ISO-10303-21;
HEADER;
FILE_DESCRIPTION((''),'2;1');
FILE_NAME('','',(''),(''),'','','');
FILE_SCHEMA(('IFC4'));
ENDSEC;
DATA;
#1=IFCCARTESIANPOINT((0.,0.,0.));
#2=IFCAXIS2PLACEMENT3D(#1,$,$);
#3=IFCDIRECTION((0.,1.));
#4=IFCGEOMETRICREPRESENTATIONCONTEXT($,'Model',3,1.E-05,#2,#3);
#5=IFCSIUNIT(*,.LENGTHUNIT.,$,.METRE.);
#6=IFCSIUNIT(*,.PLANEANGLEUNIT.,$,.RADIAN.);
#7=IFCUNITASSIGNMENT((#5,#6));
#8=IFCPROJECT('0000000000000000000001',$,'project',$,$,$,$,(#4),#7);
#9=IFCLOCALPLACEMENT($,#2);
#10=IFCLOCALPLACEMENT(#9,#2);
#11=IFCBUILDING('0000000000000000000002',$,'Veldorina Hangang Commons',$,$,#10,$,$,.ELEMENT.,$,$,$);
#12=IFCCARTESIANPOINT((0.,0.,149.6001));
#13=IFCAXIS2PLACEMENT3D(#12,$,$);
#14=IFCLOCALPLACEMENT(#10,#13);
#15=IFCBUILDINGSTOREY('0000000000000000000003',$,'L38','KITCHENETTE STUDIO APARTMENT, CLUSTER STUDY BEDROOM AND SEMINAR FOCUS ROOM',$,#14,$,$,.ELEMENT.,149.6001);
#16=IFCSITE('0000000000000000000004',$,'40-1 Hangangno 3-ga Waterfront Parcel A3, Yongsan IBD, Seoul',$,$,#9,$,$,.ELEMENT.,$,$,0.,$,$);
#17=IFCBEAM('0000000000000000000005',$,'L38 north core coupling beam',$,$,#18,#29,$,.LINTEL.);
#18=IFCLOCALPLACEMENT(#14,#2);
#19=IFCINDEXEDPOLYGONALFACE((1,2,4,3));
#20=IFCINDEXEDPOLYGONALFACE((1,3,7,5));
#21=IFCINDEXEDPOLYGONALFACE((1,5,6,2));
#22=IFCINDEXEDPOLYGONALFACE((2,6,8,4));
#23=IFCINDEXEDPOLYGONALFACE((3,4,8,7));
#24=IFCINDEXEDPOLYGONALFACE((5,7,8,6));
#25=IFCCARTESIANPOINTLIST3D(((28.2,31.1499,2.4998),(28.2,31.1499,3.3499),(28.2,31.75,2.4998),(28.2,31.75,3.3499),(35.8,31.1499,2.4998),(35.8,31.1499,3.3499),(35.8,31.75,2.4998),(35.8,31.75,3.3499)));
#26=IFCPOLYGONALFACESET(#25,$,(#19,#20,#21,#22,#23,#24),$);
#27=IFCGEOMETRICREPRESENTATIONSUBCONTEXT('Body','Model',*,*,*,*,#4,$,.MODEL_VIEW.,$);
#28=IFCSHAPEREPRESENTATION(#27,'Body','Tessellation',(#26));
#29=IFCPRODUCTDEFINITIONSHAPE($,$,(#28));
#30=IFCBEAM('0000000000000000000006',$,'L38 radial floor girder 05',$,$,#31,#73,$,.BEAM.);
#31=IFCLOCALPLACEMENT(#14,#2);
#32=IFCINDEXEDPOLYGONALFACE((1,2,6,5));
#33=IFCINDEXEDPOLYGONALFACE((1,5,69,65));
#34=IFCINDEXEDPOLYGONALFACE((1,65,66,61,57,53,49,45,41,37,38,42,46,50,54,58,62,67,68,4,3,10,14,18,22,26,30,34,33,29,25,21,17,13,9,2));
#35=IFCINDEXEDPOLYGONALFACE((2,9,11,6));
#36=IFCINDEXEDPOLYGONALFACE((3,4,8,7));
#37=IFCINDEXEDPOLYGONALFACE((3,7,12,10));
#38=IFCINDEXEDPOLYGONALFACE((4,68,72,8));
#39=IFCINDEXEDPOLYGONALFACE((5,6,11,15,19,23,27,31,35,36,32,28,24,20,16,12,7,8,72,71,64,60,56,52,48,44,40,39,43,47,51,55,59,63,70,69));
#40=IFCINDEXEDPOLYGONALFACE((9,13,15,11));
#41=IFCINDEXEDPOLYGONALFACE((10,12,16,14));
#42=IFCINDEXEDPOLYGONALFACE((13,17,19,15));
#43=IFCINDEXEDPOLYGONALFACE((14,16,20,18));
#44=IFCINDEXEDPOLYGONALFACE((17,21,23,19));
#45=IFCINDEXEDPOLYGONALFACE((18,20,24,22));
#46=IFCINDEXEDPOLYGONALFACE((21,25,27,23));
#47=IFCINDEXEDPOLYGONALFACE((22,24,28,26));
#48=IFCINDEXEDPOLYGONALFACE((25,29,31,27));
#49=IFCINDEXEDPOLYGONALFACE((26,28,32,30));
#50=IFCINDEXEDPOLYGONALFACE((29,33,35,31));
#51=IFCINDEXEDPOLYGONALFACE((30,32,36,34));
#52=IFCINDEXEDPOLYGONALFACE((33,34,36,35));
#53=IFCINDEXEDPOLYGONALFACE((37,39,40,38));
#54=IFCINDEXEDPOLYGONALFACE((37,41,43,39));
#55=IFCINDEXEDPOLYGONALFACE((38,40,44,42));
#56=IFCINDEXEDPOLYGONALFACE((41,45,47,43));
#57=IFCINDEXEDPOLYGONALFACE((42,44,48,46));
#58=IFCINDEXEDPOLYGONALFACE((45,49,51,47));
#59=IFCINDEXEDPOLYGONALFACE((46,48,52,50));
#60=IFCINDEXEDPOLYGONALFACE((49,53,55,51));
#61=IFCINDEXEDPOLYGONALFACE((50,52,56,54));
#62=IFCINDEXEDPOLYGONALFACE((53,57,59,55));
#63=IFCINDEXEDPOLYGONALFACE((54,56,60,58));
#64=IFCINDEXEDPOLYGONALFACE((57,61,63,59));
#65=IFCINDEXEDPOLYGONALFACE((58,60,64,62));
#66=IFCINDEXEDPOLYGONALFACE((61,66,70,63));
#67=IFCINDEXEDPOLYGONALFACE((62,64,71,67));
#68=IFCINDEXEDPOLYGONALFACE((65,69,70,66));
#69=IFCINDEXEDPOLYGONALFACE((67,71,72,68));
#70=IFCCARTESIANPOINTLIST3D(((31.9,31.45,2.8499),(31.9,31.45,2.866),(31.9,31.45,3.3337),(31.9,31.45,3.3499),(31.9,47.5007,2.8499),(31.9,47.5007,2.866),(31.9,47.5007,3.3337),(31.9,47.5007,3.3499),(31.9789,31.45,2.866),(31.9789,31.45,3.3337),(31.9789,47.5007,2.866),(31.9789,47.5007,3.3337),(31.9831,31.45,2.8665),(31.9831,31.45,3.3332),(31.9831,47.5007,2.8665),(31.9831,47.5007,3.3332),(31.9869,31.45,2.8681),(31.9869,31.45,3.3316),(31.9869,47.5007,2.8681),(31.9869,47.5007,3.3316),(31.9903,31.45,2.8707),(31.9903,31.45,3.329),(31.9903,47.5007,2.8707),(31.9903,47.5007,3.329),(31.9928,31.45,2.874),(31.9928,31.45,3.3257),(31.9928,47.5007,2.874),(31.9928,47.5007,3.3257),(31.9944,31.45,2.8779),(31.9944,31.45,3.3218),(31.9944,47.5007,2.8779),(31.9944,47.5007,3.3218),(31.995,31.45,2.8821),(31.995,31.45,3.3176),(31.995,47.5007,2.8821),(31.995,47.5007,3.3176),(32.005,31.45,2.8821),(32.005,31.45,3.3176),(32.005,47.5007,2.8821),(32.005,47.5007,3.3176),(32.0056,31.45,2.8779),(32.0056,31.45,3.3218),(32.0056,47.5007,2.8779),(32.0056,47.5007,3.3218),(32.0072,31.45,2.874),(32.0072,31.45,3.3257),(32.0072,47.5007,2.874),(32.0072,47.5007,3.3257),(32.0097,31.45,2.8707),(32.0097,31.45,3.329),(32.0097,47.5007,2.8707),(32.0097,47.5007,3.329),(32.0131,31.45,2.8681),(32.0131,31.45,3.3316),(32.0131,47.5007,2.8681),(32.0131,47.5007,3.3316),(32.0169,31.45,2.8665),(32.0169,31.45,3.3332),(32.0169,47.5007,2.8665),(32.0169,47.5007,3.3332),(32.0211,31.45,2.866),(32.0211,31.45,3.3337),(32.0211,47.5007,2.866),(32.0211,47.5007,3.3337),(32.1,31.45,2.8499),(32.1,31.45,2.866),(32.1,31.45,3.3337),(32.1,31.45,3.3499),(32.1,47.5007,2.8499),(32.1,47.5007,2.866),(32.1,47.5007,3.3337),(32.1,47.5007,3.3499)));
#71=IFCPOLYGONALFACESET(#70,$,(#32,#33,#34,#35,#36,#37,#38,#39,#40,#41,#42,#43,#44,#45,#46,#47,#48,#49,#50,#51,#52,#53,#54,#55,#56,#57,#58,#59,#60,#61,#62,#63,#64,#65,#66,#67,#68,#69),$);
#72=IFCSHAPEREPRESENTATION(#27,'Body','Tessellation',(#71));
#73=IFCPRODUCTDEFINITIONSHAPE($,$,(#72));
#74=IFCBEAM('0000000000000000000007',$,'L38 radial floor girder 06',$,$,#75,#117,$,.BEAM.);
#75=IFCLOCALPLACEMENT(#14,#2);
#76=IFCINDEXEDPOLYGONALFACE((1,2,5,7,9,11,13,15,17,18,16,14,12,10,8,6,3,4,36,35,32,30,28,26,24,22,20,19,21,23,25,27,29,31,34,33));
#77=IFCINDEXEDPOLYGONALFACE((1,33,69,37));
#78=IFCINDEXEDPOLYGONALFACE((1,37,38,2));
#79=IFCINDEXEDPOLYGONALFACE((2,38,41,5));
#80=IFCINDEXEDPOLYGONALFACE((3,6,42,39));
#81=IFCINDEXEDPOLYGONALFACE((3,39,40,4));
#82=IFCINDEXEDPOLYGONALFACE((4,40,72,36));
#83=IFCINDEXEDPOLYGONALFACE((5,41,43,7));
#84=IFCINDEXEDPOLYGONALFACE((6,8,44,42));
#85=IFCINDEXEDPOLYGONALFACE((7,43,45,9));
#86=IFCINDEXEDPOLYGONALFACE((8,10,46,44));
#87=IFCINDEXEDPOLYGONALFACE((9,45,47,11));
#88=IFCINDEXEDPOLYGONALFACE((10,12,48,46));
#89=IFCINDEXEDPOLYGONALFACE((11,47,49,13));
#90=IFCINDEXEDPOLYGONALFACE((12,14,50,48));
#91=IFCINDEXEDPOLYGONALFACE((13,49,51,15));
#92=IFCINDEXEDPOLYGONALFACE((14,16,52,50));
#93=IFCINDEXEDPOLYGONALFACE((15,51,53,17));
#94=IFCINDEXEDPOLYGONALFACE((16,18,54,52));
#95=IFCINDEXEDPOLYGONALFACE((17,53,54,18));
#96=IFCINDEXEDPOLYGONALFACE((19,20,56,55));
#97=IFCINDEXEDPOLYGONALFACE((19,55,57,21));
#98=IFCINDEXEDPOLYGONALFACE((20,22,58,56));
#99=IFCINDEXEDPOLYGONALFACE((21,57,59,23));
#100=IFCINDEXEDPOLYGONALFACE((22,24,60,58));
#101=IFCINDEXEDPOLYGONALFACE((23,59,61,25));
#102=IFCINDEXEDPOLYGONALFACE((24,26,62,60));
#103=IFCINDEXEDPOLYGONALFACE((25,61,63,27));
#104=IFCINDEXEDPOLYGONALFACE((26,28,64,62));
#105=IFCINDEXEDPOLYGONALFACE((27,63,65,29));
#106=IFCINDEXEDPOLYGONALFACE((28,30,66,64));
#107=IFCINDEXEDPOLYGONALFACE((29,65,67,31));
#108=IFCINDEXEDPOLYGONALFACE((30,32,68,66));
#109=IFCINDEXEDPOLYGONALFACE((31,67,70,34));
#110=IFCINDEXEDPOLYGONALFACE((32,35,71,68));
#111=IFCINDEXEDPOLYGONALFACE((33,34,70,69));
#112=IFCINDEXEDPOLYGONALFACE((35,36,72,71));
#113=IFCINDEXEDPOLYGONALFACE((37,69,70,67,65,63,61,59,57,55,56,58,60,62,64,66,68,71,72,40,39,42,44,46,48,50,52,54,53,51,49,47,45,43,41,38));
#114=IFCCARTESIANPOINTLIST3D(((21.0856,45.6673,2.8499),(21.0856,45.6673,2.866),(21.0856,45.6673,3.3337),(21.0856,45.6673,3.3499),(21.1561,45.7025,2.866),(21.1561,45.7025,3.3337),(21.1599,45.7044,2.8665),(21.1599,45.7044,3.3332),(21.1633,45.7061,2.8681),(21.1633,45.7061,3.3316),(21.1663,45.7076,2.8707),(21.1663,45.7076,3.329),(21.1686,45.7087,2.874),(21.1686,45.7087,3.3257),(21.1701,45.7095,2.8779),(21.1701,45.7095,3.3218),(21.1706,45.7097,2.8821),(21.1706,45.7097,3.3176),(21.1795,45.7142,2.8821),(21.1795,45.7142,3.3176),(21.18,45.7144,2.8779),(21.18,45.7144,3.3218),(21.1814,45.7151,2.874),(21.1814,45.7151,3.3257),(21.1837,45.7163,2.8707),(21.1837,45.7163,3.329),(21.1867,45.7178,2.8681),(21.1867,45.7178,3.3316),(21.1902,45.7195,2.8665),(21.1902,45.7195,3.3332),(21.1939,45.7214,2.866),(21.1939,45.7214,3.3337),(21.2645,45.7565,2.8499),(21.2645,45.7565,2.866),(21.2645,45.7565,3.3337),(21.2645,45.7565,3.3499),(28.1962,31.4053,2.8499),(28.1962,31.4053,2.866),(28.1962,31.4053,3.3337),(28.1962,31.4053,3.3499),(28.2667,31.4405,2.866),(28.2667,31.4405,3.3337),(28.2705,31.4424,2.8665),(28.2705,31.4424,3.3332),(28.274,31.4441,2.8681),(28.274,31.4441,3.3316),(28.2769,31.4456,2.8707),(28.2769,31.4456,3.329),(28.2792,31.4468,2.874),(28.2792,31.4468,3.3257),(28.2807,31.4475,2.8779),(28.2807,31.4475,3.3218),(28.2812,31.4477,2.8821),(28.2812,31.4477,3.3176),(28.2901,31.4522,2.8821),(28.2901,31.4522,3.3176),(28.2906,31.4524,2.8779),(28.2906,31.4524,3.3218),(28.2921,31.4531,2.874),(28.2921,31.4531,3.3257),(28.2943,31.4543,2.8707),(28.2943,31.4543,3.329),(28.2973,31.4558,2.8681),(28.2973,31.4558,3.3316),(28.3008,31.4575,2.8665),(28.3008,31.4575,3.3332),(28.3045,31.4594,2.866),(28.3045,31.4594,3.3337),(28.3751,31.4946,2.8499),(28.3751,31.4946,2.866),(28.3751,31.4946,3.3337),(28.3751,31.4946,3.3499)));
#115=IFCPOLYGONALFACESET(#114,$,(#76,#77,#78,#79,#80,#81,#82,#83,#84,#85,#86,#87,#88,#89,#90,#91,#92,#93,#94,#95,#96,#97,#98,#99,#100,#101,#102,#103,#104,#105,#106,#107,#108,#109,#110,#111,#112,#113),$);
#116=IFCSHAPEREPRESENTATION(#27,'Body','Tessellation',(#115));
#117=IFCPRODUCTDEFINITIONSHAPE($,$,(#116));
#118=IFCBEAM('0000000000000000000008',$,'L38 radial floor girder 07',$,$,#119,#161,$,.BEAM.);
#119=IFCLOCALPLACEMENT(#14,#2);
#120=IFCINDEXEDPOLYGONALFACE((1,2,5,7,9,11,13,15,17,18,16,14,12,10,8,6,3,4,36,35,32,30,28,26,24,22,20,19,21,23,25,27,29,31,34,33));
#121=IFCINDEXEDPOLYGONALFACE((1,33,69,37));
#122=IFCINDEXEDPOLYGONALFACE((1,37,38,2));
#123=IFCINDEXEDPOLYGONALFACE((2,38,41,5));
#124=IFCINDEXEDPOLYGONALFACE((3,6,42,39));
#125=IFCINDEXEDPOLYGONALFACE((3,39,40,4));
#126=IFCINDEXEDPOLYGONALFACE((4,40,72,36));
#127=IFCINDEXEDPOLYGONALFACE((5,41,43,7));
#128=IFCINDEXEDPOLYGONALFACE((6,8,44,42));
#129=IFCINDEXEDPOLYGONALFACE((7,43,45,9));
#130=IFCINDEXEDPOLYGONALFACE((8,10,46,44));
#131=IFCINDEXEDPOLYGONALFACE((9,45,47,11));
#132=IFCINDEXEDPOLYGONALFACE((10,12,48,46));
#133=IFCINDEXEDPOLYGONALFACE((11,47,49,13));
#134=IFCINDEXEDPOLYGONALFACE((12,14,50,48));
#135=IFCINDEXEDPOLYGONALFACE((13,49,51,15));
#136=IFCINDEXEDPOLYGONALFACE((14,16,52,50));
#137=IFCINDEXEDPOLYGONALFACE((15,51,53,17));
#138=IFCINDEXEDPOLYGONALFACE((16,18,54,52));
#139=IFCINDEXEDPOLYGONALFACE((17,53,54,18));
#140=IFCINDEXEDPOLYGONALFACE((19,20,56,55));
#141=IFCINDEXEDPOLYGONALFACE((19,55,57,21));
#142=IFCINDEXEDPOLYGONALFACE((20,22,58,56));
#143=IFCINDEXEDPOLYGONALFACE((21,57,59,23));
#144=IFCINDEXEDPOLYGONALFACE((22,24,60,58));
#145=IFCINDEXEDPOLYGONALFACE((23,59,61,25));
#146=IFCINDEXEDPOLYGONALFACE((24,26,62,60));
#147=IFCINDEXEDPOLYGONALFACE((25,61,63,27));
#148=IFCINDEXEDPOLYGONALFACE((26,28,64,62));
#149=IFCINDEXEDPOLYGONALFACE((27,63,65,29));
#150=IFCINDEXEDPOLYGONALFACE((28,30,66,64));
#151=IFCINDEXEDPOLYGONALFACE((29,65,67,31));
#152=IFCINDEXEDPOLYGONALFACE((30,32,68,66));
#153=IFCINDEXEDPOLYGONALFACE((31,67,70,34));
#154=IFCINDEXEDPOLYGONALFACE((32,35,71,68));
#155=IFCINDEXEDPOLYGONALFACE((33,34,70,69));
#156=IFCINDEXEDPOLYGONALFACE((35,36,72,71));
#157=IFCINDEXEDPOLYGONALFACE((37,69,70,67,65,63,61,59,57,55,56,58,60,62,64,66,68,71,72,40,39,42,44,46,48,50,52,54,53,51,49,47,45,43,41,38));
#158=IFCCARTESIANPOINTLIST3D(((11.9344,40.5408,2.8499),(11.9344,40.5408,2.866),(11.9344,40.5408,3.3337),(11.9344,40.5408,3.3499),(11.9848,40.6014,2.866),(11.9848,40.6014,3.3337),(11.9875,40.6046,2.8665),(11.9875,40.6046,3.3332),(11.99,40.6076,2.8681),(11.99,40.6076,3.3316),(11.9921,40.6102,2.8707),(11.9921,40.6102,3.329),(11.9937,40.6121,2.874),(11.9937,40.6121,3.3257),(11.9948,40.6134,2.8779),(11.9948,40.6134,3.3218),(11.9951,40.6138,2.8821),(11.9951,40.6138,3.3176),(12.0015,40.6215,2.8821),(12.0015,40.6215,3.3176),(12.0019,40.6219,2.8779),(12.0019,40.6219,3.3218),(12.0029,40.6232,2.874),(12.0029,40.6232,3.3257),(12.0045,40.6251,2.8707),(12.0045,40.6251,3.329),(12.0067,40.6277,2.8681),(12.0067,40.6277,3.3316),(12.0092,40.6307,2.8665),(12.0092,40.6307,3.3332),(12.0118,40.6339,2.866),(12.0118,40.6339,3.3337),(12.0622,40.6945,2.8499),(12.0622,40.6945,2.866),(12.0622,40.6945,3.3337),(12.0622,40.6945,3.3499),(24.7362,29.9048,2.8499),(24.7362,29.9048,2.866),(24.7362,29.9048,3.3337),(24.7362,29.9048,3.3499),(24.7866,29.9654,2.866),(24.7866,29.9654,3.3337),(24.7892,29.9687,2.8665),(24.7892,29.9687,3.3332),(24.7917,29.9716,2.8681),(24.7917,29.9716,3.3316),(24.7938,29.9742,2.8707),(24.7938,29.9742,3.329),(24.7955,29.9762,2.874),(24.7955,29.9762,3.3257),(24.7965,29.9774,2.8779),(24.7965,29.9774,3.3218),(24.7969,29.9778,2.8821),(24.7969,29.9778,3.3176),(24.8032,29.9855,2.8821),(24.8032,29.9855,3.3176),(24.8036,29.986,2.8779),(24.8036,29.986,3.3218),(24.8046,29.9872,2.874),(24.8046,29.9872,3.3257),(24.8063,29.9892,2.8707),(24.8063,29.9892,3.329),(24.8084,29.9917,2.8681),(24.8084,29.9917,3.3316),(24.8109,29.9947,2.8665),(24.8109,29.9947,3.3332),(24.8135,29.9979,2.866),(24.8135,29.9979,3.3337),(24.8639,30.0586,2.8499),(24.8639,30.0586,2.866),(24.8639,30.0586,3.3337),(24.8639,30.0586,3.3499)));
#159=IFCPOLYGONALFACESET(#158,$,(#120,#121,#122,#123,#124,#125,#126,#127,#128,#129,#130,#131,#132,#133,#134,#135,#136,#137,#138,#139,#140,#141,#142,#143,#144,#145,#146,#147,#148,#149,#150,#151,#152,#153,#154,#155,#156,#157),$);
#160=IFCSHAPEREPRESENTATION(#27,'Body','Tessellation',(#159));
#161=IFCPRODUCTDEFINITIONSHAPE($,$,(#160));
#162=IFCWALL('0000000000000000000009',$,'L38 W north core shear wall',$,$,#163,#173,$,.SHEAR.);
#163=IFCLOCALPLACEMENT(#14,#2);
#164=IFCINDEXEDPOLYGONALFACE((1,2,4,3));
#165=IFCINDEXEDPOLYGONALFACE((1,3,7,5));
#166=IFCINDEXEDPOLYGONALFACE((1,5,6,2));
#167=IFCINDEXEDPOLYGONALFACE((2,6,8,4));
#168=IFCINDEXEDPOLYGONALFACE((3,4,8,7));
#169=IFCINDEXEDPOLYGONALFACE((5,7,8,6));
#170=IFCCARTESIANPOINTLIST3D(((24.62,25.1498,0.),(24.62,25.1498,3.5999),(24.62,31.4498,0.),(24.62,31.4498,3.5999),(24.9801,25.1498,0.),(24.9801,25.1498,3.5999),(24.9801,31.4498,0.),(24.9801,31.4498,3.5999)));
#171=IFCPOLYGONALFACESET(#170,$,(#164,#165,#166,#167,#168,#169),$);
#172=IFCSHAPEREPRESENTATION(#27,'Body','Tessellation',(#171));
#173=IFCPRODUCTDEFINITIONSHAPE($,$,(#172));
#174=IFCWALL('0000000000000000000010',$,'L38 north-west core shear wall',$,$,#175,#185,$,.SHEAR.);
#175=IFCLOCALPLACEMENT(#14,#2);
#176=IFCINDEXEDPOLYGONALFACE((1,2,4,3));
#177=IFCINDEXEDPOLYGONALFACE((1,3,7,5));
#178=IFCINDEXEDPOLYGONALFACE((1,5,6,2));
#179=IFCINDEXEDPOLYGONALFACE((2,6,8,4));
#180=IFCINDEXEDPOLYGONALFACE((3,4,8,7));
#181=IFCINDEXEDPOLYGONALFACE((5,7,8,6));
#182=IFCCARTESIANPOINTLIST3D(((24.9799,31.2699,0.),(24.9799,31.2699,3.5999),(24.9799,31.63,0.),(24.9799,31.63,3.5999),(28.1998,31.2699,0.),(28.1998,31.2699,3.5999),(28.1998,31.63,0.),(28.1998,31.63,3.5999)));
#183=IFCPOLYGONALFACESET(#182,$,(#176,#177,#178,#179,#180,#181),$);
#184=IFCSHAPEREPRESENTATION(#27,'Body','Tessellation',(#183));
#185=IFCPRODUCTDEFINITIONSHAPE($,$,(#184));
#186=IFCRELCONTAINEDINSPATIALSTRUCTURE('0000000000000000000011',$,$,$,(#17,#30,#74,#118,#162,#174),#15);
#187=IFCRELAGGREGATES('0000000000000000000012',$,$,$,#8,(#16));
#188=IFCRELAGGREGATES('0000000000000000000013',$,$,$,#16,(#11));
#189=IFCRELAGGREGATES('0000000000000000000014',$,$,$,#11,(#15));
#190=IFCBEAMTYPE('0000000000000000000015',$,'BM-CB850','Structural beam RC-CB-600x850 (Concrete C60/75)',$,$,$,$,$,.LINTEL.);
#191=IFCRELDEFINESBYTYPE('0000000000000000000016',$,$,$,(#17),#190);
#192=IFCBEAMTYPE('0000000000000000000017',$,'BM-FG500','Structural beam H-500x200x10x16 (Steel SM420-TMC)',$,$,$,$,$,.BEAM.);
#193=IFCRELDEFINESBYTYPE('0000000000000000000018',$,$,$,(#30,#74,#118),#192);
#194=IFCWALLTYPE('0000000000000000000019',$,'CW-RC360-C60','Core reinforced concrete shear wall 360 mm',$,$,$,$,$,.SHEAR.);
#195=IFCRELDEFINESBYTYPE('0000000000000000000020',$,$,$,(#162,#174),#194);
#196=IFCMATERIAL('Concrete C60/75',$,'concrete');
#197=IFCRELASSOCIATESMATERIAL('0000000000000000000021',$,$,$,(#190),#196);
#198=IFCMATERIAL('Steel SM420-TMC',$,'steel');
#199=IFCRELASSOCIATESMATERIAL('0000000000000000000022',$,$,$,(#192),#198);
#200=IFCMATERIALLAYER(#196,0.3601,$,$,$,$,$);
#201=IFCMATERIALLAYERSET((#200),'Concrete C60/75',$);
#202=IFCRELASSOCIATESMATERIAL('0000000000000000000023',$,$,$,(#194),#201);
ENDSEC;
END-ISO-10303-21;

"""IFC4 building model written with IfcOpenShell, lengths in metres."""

from ifc_helpers import new_model, si_unit, direction, frame, frame_2d, origin, origin_2d, place, context, subcontext, project, spatial, rectangle, i_section, extrude, material, layer, layer_set, material_profile, profile_set, type_object, element, save


model = new_model("IFC4")

# Units and contexts
model_context = context("Model", 3, precision=1e-05, world=origin(), true_north=direction((0.0, 1.0)))
body_context = subcontext(model_context, "Body", "Model", "MODEL_VIEW")
ifc_project = project(units=[si_unit("LENGTHUNIT", "METRE"), si_unit("PLANEANGLEUNIT", "RADIAN")], contexts=[model_context])

# Site, building, storey
site_placement = place(None, origin())
site = spatial("IfcSite", under=ifc_project, at=site_placement, Name="40-1 Hangangno 3-ga Waterfront Parcel A3, Yongsan IBD, Seoul", CompositionType="ELEMENT", RefElevation=0.0)
building_placement = place(site_placement, origin())
building = spatial("IfcBuilding", under=site, at=building_placement, Name="Veldorina Hangang Commons", CompositionType="ELEMENT")
storey_placement = place(building_placement, frame((0.0, 0.0, 149.6001)))
storey = spatial("IfcBuildingStorey", under=building, at=storey_placement, Name="L38", Description="KITCHENETTE STUDIO APARTMENT, CLUSTER STUDY BEDROOM AND SEMINAR FOCUS ROOM", CompositionType="ELEMENT", Elevation=149.6001)

# Beams
ifc_material_1 = material(Name="Concrete C60/75", Category="concrete")
ifc_material_profile_1 = material_profile(ifc_material_1, rectangle(XDim=0.6001, YDim=0.8501, at=origin_2d()), Name="RC-CB-600x850")
ifc_profile_set_1 = profile_set([ifc_material_profile_1], Name="Concrete C60/75")
beam_type_1 = type_object("IfcBeamType", Name="BM-CB850", Description="Structural beam RC-CB-600x850 (Concrete C60/75)", PredefinedType="LINTEL", material=ifc_profile_set_1)
beam_1_placement = place(storey_placement, frame((28.2, 31.45, 2.9248), z_axis=(1.0, 0.0, 0.0), x_axis=(0.0, 1.0, 0.0)))
element("IfcBeam", 1, at=beam_1_placement, inside=storey, type_object=beam_type_1, Name="L38 north core coupling beam", PredefinedType="LINTEL", context=body_context, shape_type="SweptSolid", body=[
    extrude(rectangle(XDim=0.6001, YDim=0.8501, at=origin_2d()), origin(), (0.0, 0.0, 1.0), 7.6001),
])
ifc_material_2 = material(Name="Steel SM420-TMC", Category="steel")
ifc_material_profile_2 = material_profile(ifc_material_2, i_section(OverallWidth=0.2, OverallDepth=0.5, WebThickness=0.01, FlangeThickness=0.0161, FilletRadius=0.0161, at=origin_2d()), Name="H-500x200x10x16")
ifc_profile_set_2 = profile_set([ifc_material_profile_2], Name="Steel SM420-TMC")
beam_type_2 = type_object("IfcBeamType", Name="BM-FG500", Description="Structural beam H-500x200x10x16 (Steel SM420-TMC)", PredefinedType="BEAM", material=ifc_profile_set_2)
beam_2_placement = place(storey_placement, frame((32.0, 31.45, 3.0999), z_axis=(0.0, 1.0, 0.0), x_axis=(-1.0, 0.0, 0.0)))
element("IfcBeam", 2, at=beam_2_placement, inside=storey, type_object=beam_type_2, Name="L38 radial floor girder 05", PredefinedType="BEAM", context=body_context, shape_type="SweptSolid", body=[
    extrude(i_section(OverallWidth=0.2, OverallDepth=0.5, WebThickness=0.01, FlangeThickness=0.0161, FilletRadius=0.0161, at=origin_2d()), origin(), (0.0, 0.0, 1.0), 16.0508),
])
beam_3_placement = place(storey_placement, frame((28.2856, 31.45, 3.0999), z_axis=(-0.44619, 0.894938, 0.0), x_axis=(-0.894938, -0.44619, 0.0)))
element("IfcBeam", 3, at=beam_3_placement, inside=storey, type_object=beam_type_2, Name="L38 radial floor girder 06", PredefinedType="BEAM", context=body_context, shape_type="SweptSolid", body=[
    extrude(i_section(OverallWidth=0.2, OverallDepth=0.5, WebThickness=0.01, FlangeThickness=0.0161, FilletRadius=0.0161, at=origin_2d()), origin(), (0.0, 0.0, 1.0), 15.9363),
])
beam_4_placement = place(storey_placement, frame((24.8, 29.9817, 3.0999), z_axis=(-0.76917, 0.639044, 0.0), x_axis=(-0.639044, -0.76917, 0.0)))
element("IfcBeam", 4, at=beam_4_placement, inside=storey, type_object=beam_type_2, Name="L38 radial floor girder 07", PredefinedType="BEAM", context=body_context, shape_type="SweptSolid", body=[
    extrude(i_section(OverallWidth=0.2, OverallDepth=0.5, WebThickness=0.01, FlangeThickness=0.0161, FilletRadius=0.0161, at=origin_2d()), origin(), (0.0, 0.0, 1.0), 16.6436),
])

# Walls
ifc_layer_1 = layer(ifc_material_1, 0.3601)
ifc_layer_set_1 = layer_set([ifc_layer_1], Name="Concrete C60/75")
wall_type_1 = type_object("IfcWallType", Name="CW-RC360-C60", Description="Core reinforced concrete shear wall 360 mm", PredefinedType="SHEAR", material=ifc_layer_set_1)
wall_1_placement = place(storey_placement, frame((24.8, 25.1499, 0.0), z_axis=(0.0, 0.0, 1.0), x_axis=(0.0, 1.0, 0.0)))
element("IfcWall", 5, at=wall_1_placement, inside=storey, type_object=wall_type_1, Name="L38 W north core shear wall", PredefinedType="SHEAR", context=body_context, shape_type="SweptSolid", body=[
    extrude(rectangle(XDim=6.3, YDim=0.3601, at=frame_2d((3.1499, 0.0))), origin(), (0.0, 0.0, 1.0), 3.5999),
])
wall_2_placement = place(storey_placement, frame((24.98, 31.45, 0.0), z_axis=(0.0, 0.0, 1.0), x_axis=(1.0, 0.0, 0.0)))
element("IfcWall", 6, at=wall_2_placement, inside=storey, type_object=wall_type_1, Name="L38 north-west core shear wall", PredefinedType="SHEAR", context=body_context, shape_type="SweptSolid", body=[
    extrude(rectangle(XDim=3.22, YDim=0.3601, at=frame_2d((1.6099, 0.0))), origin(), (0.0, 0.0, 1.0), 3.5999),
])

save(model, "model.ifc")
